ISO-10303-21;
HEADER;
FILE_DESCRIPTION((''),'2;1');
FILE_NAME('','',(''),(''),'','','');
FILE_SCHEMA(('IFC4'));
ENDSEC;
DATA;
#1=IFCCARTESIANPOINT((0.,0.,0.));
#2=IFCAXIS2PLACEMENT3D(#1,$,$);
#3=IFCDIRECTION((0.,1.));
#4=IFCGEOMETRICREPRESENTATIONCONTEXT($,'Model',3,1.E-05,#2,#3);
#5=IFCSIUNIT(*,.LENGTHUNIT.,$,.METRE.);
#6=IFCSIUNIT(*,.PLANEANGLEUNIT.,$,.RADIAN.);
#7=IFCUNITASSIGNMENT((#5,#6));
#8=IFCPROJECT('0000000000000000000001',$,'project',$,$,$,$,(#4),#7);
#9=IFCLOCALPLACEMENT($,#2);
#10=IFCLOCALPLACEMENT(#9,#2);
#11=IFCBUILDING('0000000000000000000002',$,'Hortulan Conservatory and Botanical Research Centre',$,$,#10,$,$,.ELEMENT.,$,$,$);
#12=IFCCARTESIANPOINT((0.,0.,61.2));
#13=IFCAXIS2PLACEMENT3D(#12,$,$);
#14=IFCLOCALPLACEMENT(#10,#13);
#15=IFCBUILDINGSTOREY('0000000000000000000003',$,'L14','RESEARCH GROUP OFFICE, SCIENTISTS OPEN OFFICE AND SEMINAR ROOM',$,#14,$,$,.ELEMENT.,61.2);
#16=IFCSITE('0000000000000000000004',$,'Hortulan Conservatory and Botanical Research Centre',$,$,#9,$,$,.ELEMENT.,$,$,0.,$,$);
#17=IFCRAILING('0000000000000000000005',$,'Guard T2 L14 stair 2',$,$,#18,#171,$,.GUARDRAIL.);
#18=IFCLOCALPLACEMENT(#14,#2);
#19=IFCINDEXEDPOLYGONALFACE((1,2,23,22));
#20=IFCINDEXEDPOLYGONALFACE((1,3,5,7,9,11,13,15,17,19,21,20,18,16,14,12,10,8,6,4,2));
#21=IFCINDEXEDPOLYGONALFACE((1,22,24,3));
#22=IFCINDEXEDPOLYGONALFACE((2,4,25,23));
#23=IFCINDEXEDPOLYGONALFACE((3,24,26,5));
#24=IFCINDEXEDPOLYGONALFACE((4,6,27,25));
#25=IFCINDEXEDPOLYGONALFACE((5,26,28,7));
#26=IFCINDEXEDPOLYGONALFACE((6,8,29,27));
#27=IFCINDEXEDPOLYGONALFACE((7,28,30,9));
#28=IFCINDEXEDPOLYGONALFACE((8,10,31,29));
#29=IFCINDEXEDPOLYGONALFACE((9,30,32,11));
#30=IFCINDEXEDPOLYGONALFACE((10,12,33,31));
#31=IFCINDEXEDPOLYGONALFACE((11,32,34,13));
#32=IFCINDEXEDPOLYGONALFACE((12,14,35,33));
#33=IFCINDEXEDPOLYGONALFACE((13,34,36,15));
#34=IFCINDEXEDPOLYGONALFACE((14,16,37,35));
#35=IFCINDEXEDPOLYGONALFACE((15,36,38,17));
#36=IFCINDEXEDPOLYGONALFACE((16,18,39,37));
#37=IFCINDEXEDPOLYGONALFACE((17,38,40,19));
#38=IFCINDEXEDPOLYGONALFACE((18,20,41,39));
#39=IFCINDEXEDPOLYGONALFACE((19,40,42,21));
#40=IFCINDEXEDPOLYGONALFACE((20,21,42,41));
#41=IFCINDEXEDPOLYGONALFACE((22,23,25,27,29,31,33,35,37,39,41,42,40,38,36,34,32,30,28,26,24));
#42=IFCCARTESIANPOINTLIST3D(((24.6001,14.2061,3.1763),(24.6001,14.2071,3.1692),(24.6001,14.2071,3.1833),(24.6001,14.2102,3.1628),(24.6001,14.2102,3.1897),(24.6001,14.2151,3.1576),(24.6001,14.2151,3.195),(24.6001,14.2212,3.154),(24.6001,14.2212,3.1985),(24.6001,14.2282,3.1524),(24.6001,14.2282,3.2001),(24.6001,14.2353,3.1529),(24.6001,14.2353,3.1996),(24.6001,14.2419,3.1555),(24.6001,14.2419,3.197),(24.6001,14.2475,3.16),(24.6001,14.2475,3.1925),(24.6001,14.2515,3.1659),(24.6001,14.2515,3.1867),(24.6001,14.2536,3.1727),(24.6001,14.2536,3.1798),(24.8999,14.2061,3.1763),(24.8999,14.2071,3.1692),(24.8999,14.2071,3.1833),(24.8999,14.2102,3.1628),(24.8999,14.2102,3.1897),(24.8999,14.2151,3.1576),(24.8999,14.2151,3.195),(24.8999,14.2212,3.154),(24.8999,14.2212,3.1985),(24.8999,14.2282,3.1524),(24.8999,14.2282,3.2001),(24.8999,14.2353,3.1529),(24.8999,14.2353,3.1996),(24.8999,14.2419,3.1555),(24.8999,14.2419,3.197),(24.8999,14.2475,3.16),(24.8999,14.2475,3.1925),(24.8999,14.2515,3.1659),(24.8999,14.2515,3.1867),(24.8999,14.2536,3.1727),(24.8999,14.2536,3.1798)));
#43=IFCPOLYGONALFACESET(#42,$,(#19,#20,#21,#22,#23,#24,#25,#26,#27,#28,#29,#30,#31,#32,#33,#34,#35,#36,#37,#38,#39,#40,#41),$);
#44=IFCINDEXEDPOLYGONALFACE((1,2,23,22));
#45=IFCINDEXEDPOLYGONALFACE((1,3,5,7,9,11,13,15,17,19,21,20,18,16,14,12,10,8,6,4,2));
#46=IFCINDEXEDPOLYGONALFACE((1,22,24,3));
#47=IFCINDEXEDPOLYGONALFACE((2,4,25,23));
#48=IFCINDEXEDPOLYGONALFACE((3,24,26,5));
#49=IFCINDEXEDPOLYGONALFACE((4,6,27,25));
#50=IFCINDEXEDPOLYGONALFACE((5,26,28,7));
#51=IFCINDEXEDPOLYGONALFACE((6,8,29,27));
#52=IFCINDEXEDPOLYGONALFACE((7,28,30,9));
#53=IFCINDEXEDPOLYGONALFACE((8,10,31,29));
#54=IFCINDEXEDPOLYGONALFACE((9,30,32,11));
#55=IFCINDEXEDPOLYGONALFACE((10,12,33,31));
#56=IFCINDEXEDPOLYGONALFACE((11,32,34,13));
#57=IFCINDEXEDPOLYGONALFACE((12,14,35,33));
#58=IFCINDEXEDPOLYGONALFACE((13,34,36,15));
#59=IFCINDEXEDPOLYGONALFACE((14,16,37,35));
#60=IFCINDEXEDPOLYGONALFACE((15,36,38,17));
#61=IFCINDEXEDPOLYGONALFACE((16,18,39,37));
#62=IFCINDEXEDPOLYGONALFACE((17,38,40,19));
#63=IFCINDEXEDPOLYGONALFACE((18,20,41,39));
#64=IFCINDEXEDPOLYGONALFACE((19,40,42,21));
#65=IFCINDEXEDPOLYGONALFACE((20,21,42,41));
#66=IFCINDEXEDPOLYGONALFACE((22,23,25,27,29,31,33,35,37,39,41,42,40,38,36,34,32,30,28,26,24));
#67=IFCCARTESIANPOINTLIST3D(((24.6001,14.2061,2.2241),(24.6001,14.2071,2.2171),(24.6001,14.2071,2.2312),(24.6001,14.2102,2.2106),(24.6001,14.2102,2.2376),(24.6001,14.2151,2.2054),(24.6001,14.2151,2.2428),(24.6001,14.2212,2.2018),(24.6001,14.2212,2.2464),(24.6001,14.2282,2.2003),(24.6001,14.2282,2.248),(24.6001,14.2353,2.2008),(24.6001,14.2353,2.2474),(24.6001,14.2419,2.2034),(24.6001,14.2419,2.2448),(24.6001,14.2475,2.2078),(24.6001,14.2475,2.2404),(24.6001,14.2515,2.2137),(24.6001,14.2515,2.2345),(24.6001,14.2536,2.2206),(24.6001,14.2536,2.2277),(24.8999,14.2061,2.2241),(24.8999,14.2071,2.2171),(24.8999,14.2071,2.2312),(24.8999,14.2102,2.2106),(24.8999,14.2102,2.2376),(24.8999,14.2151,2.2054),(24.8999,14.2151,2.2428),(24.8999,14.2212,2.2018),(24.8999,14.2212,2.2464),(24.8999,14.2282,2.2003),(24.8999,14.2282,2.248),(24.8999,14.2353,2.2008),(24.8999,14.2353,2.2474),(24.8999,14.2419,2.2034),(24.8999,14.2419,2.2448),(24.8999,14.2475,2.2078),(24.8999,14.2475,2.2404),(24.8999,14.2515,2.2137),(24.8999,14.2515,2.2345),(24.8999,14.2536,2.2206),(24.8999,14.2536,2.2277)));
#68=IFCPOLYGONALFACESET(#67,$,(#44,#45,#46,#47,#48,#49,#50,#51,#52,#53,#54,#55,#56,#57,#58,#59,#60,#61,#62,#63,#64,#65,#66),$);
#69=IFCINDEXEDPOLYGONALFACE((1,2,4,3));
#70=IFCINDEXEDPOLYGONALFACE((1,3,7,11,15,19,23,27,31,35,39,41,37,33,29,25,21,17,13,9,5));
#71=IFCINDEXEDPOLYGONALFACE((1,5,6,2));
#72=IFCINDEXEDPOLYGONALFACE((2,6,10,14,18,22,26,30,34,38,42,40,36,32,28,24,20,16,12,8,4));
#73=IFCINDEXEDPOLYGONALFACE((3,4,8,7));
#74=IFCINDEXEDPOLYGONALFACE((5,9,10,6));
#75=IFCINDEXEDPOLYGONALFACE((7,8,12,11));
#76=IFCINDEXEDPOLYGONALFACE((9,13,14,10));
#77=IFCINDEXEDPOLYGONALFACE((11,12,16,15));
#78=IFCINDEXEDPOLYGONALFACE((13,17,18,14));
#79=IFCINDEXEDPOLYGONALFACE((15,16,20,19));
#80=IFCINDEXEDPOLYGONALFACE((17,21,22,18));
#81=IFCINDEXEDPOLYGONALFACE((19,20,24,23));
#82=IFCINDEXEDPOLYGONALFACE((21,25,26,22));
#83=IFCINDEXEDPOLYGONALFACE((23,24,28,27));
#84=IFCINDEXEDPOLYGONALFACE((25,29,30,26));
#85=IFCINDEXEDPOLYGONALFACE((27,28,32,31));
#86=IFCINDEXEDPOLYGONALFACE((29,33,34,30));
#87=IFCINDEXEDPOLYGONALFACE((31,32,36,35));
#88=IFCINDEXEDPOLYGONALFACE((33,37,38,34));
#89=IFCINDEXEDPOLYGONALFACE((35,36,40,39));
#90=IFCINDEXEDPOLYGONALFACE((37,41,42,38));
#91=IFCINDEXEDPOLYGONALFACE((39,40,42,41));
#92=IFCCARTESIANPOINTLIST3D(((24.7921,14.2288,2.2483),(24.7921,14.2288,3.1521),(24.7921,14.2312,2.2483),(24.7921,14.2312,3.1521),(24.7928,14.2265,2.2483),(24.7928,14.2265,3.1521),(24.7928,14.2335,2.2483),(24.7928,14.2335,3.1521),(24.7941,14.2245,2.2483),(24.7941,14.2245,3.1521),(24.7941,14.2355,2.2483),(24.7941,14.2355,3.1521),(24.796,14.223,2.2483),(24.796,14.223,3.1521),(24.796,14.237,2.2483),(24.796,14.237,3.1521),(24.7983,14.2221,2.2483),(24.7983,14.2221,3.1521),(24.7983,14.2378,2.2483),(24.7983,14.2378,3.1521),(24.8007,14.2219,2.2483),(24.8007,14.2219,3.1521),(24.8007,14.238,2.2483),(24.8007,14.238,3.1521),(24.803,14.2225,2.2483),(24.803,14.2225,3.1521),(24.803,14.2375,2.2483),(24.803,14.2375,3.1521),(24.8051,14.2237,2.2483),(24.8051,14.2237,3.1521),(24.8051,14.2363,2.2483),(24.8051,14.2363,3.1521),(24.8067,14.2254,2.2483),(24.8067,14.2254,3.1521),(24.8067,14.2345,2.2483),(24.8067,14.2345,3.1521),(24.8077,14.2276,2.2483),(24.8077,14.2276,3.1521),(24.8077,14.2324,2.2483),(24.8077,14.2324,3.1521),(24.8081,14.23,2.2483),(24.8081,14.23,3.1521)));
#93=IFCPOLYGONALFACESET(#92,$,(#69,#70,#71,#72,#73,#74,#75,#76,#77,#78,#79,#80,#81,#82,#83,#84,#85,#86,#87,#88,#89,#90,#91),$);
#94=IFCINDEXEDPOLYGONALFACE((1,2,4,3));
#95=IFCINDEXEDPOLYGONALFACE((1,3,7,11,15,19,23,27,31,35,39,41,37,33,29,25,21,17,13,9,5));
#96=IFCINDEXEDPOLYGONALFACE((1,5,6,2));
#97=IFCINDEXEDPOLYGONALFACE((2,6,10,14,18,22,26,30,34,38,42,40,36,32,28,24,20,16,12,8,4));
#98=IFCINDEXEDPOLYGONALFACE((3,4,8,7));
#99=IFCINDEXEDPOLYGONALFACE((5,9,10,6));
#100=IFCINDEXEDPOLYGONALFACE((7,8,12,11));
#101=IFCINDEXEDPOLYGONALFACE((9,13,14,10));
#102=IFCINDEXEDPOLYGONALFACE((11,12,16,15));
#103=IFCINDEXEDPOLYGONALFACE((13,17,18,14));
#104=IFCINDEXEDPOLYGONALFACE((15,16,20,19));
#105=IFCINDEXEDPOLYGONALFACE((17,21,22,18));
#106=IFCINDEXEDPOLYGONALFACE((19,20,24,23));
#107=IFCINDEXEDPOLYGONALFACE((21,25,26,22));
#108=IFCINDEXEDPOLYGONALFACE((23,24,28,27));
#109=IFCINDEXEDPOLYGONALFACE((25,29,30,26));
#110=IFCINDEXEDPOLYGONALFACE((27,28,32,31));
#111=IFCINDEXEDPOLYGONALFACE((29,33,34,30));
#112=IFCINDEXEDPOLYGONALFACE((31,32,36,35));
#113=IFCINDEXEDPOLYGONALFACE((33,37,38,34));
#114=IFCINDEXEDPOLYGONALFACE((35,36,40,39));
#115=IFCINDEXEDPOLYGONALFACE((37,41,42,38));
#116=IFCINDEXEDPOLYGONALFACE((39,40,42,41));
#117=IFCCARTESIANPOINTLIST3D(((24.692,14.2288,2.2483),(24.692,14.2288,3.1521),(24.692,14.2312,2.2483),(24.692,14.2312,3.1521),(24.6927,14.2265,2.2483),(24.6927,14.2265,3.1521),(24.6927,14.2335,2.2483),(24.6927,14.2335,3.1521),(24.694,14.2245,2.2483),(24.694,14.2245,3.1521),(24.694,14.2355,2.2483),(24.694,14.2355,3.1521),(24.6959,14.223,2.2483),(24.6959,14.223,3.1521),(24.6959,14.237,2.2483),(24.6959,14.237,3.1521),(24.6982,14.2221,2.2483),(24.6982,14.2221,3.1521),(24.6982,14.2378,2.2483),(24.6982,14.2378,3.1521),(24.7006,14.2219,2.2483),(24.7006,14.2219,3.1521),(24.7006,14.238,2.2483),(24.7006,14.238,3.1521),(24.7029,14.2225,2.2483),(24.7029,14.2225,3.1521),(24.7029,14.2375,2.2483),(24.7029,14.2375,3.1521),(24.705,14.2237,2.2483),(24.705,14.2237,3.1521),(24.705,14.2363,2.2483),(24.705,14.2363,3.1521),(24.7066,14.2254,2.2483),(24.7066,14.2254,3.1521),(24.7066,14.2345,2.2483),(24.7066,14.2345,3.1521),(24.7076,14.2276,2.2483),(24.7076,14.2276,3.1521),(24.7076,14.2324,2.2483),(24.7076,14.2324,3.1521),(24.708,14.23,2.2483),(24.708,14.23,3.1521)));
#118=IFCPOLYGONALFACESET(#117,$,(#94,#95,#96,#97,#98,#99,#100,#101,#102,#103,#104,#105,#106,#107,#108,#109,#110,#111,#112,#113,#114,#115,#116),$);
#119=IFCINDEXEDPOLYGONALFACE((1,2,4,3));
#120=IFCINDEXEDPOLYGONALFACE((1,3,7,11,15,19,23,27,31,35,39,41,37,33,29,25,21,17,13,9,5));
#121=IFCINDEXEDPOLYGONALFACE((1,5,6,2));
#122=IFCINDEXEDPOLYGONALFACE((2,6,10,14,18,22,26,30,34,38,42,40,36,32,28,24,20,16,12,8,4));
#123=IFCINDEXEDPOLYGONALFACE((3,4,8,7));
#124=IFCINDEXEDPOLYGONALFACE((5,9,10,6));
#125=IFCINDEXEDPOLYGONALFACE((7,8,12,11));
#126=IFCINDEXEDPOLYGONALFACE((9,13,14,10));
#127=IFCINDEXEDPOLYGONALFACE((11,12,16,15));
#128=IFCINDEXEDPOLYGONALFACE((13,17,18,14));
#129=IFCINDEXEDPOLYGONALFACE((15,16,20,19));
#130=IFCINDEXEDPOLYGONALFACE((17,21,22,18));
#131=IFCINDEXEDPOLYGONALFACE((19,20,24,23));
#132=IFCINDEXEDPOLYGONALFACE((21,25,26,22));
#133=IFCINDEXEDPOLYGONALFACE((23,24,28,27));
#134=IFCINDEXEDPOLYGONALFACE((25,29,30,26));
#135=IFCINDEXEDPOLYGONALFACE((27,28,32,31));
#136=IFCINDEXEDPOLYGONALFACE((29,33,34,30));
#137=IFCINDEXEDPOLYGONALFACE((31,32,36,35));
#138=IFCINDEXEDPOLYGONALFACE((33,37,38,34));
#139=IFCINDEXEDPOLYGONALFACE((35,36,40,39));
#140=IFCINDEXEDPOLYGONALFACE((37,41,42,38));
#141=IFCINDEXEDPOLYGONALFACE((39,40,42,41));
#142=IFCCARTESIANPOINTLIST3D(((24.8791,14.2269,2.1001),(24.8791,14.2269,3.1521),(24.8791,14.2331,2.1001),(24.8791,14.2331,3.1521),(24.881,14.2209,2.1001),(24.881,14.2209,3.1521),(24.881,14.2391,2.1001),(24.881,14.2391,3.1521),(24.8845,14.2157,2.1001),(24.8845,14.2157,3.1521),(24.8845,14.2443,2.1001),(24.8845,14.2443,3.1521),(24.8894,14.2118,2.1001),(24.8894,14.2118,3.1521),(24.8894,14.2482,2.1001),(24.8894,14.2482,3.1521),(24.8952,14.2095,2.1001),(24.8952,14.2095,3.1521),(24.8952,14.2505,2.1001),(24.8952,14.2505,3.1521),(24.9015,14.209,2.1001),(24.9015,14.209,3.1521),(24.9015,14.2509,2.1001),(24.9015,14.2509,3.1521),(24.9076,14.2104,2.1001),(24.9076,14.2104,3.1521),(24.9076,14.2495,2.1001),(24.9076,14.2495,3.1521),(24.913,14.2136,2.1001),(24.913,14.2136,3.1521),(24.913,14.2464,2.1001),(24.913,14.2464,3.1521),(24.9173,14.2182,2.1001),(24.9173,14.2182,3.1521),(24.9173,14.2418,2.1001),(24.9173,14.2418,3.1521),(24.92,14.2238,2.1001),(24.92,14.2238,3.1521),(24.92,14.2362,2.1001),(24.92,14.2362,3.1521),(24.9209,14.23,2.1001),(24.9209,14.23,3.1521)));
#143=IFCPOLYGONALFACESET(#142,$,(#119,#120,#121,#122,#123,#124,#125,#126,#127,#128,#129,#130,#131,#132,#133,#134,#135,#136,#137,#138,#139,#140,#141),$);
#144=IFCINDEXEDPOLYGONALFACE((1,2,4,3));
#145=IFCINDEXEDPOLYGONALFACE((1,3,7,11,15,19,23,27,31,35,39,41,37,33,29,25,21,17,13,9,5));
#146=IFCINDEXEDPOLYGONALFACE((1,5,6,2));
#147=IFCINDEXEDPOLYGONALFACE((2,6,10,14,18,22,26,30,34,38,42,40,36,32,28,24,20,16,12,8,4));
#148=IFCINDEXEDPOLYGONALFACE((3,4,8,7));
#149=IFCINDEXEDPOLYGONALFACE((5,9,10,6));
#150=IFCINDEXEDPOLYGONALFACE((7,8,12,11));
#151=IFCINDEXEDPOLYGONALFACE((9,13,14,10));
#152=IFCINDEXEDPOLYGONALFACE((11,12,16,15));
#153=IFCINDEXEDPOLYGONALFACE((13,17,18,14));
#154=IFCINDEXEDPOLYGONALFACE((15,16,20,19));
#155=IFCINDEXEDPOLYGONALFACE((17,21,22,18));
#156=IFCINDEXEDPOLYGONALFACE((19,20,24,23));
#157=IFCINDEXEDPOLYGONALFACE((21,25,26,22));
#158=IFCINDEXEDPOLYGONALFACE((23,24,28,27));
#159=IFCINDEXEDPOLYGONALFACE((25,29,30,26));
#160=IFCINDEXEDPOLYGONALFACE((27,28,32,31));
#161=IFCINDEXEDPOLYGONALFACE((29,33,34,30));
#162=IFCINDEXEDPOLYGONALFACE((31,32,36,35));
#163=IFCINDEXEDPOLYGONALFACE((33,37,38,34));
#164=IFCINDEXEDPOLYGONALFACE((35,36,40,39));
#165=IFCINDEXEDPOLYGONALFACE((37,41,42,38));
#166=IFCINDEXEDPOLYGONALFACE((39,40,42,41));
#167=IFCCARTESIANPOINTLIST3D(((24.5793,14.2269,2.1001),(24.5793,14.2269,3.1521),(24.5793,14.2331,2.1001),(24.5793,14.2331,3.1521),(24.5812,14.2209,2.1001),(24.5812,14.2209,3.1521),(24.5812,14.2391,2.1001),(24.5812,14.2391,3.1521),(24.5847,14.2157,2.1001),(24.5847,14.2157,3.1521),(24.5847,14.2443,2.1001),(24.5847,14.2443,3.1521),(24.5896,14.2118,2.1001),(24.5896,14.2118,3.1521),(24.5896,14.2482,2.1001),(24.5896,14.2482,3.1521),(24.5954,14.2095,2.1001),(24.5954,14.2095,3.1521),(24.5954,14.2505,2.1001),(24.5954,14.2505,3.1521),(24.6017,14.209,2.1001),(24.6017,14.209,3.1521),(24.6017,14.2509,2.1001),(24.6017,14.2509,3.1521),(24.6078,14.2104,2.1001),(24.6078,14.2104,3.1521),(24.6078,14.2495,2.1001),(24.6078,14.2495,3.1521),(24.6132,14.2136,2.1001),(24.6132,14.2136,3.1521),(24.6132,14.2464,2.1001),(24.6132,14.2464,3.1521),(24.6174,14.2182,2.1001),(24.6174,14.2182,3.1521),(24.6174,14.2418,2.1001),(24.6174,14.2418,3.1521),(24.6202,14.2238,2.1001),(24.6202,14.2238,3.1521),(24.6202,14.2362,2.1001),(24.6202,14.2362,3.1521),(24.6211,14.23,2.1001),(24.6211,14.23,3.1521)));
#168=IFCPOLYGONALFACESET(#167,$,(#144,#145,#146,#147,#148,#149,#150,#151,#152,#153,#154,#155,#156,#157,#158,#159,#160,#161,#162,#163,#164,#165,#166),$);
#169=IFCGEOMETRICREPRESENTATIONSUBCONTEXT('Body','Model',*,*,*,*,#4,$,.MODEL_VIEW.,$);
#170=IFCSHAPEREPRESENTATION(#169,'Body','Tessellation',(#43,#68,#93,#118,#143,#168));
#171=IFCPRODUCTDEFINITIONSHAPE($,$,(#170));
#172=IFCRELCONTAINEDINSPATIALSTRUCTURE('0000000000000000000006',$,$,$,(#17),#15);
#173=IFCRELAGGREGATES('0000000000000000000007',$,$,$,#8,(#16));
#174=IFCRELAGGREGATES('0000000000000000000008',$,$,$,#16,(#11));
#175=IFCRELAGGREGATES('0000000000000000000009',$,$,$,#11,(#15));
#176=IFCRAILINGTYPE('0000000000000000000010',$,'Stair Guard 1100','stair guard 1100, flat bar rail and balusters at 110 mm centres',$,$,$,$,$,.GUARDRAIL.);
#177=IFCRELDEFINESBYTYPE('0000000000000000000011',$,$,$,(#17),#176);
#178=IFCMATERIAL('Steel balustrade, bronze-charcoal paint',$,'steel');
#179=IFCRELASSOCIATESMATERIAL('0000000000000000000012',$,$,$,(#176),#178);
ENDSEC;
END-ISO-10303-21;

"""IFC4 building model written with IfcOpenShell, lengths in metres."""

from ifc_helpers import new_model, si_unit, direction, frame, origin, origin_2d, place, context, subcontext, project, spatial, circle, extrude, material, type_object, element, save


model = new_model("IFC4")

# Units and contexts
model_context = context("Model", 3, precision=1e-05, world=origin(), true_north=direction((0.0, 1.0)))
body_context = subcontext(model_context, "Body", "Model", "MODEL_VIEW")
ifc_project = project(units=[si_unit("LENGTHUNIT", "METRE"), si_unit("PLANEANGLEUNIT", "RADIAN")], contexts=[model_context])

# Site, building, storey
site_placement = place(None, origin())
site = spatial("IfcSite", under=ifc_project, at=site_placement, Name="Hortulan Conservatory and Botanical Research Centre", CompositionType="ELEMENT", RefElevation=0.0)
building_placement = place(site_placement, origin())
building = spatial("IfcBuilding", under=site, at=building_placement, Name="Hortulan Conservatory and Botanical Research Centre", CompositionType="ELEMENT")
storey_placement = place(building_placement, frame((0.0, 0.0, 61.2)))
storey = spatial("IfcBuildingStorey", under=building, at=storey_placement, Name="L14", Description="RESEARCH GROUP OFFICE, SCIENTISTS OPEN OFFICE AND SEMINAR ROOM", CompositionType="ELEMENT", Elevation=61.2)

# Railing
ifc_material_1 = material(Name="Steel balustrade, bronze-charcoal paint", Category="steel")
railing_type_1 = type_object("IfcRailingType", Name="Stair Guard 1100", Description="stair guard 1100, flat bar rail and balusters at 110 mm centres", PredefinedType="GUARDRAIL", material=ifc_material_1)
railing_1_placement = place(storey_placement, frame((24.8999, 14.23, 2.1001)))
element("IfcRailing", 1, at=railing_1_placement, inside=storey, type_object=railing_type_1, Name="Guard T2 L14 stair 2", PredefinedType="GUARDRAIL", context=body_context, shape_type="SweptSolid", body=[
    extrude(circle(Radius=0.0239, at=origin_2d()), frame((0.0, 0.0, 1.0762), z_axis=(-1.0, 0.0, 0.0), x_axis=(0.0, -1.0, 0.0)), (0.0, 0.0, 1.0), 0.2998),
    extrude(circle(Radius=0.0239, at=origin_2d()), frame((0.0, 0.0, 0.124), z_axis=(-1.0, 0.0, 0.0), x_axis=(0.0, -1.0, 0.0)), (0.0, 0.0, 1.0), 0.2998),
    extrude(circle(Radius=0.0081, at=origin_2d()), frame((-0.0999, 0.0, 0.1482)), (0.0, 0.0, 1.0), 0.9038),
    extrude(circle(Radius=0.0081, at=origin_2d()), frame((-0.2, 0.0, 0.1482)), (0.0, 0.0, 1.0), 0.9038),
    extrude(circle(Radius=0.021, at=origin_2d()), origin(), (0.0, 0.0, 1.0), 1.052),
    extrude(circle(Radius=0.021, at=origin_2d()), frame((-0.2998, 0.0, 0.0)), (0.0, 0.0, 1.0), 1.052),
])

save(model, "model.ifc")
